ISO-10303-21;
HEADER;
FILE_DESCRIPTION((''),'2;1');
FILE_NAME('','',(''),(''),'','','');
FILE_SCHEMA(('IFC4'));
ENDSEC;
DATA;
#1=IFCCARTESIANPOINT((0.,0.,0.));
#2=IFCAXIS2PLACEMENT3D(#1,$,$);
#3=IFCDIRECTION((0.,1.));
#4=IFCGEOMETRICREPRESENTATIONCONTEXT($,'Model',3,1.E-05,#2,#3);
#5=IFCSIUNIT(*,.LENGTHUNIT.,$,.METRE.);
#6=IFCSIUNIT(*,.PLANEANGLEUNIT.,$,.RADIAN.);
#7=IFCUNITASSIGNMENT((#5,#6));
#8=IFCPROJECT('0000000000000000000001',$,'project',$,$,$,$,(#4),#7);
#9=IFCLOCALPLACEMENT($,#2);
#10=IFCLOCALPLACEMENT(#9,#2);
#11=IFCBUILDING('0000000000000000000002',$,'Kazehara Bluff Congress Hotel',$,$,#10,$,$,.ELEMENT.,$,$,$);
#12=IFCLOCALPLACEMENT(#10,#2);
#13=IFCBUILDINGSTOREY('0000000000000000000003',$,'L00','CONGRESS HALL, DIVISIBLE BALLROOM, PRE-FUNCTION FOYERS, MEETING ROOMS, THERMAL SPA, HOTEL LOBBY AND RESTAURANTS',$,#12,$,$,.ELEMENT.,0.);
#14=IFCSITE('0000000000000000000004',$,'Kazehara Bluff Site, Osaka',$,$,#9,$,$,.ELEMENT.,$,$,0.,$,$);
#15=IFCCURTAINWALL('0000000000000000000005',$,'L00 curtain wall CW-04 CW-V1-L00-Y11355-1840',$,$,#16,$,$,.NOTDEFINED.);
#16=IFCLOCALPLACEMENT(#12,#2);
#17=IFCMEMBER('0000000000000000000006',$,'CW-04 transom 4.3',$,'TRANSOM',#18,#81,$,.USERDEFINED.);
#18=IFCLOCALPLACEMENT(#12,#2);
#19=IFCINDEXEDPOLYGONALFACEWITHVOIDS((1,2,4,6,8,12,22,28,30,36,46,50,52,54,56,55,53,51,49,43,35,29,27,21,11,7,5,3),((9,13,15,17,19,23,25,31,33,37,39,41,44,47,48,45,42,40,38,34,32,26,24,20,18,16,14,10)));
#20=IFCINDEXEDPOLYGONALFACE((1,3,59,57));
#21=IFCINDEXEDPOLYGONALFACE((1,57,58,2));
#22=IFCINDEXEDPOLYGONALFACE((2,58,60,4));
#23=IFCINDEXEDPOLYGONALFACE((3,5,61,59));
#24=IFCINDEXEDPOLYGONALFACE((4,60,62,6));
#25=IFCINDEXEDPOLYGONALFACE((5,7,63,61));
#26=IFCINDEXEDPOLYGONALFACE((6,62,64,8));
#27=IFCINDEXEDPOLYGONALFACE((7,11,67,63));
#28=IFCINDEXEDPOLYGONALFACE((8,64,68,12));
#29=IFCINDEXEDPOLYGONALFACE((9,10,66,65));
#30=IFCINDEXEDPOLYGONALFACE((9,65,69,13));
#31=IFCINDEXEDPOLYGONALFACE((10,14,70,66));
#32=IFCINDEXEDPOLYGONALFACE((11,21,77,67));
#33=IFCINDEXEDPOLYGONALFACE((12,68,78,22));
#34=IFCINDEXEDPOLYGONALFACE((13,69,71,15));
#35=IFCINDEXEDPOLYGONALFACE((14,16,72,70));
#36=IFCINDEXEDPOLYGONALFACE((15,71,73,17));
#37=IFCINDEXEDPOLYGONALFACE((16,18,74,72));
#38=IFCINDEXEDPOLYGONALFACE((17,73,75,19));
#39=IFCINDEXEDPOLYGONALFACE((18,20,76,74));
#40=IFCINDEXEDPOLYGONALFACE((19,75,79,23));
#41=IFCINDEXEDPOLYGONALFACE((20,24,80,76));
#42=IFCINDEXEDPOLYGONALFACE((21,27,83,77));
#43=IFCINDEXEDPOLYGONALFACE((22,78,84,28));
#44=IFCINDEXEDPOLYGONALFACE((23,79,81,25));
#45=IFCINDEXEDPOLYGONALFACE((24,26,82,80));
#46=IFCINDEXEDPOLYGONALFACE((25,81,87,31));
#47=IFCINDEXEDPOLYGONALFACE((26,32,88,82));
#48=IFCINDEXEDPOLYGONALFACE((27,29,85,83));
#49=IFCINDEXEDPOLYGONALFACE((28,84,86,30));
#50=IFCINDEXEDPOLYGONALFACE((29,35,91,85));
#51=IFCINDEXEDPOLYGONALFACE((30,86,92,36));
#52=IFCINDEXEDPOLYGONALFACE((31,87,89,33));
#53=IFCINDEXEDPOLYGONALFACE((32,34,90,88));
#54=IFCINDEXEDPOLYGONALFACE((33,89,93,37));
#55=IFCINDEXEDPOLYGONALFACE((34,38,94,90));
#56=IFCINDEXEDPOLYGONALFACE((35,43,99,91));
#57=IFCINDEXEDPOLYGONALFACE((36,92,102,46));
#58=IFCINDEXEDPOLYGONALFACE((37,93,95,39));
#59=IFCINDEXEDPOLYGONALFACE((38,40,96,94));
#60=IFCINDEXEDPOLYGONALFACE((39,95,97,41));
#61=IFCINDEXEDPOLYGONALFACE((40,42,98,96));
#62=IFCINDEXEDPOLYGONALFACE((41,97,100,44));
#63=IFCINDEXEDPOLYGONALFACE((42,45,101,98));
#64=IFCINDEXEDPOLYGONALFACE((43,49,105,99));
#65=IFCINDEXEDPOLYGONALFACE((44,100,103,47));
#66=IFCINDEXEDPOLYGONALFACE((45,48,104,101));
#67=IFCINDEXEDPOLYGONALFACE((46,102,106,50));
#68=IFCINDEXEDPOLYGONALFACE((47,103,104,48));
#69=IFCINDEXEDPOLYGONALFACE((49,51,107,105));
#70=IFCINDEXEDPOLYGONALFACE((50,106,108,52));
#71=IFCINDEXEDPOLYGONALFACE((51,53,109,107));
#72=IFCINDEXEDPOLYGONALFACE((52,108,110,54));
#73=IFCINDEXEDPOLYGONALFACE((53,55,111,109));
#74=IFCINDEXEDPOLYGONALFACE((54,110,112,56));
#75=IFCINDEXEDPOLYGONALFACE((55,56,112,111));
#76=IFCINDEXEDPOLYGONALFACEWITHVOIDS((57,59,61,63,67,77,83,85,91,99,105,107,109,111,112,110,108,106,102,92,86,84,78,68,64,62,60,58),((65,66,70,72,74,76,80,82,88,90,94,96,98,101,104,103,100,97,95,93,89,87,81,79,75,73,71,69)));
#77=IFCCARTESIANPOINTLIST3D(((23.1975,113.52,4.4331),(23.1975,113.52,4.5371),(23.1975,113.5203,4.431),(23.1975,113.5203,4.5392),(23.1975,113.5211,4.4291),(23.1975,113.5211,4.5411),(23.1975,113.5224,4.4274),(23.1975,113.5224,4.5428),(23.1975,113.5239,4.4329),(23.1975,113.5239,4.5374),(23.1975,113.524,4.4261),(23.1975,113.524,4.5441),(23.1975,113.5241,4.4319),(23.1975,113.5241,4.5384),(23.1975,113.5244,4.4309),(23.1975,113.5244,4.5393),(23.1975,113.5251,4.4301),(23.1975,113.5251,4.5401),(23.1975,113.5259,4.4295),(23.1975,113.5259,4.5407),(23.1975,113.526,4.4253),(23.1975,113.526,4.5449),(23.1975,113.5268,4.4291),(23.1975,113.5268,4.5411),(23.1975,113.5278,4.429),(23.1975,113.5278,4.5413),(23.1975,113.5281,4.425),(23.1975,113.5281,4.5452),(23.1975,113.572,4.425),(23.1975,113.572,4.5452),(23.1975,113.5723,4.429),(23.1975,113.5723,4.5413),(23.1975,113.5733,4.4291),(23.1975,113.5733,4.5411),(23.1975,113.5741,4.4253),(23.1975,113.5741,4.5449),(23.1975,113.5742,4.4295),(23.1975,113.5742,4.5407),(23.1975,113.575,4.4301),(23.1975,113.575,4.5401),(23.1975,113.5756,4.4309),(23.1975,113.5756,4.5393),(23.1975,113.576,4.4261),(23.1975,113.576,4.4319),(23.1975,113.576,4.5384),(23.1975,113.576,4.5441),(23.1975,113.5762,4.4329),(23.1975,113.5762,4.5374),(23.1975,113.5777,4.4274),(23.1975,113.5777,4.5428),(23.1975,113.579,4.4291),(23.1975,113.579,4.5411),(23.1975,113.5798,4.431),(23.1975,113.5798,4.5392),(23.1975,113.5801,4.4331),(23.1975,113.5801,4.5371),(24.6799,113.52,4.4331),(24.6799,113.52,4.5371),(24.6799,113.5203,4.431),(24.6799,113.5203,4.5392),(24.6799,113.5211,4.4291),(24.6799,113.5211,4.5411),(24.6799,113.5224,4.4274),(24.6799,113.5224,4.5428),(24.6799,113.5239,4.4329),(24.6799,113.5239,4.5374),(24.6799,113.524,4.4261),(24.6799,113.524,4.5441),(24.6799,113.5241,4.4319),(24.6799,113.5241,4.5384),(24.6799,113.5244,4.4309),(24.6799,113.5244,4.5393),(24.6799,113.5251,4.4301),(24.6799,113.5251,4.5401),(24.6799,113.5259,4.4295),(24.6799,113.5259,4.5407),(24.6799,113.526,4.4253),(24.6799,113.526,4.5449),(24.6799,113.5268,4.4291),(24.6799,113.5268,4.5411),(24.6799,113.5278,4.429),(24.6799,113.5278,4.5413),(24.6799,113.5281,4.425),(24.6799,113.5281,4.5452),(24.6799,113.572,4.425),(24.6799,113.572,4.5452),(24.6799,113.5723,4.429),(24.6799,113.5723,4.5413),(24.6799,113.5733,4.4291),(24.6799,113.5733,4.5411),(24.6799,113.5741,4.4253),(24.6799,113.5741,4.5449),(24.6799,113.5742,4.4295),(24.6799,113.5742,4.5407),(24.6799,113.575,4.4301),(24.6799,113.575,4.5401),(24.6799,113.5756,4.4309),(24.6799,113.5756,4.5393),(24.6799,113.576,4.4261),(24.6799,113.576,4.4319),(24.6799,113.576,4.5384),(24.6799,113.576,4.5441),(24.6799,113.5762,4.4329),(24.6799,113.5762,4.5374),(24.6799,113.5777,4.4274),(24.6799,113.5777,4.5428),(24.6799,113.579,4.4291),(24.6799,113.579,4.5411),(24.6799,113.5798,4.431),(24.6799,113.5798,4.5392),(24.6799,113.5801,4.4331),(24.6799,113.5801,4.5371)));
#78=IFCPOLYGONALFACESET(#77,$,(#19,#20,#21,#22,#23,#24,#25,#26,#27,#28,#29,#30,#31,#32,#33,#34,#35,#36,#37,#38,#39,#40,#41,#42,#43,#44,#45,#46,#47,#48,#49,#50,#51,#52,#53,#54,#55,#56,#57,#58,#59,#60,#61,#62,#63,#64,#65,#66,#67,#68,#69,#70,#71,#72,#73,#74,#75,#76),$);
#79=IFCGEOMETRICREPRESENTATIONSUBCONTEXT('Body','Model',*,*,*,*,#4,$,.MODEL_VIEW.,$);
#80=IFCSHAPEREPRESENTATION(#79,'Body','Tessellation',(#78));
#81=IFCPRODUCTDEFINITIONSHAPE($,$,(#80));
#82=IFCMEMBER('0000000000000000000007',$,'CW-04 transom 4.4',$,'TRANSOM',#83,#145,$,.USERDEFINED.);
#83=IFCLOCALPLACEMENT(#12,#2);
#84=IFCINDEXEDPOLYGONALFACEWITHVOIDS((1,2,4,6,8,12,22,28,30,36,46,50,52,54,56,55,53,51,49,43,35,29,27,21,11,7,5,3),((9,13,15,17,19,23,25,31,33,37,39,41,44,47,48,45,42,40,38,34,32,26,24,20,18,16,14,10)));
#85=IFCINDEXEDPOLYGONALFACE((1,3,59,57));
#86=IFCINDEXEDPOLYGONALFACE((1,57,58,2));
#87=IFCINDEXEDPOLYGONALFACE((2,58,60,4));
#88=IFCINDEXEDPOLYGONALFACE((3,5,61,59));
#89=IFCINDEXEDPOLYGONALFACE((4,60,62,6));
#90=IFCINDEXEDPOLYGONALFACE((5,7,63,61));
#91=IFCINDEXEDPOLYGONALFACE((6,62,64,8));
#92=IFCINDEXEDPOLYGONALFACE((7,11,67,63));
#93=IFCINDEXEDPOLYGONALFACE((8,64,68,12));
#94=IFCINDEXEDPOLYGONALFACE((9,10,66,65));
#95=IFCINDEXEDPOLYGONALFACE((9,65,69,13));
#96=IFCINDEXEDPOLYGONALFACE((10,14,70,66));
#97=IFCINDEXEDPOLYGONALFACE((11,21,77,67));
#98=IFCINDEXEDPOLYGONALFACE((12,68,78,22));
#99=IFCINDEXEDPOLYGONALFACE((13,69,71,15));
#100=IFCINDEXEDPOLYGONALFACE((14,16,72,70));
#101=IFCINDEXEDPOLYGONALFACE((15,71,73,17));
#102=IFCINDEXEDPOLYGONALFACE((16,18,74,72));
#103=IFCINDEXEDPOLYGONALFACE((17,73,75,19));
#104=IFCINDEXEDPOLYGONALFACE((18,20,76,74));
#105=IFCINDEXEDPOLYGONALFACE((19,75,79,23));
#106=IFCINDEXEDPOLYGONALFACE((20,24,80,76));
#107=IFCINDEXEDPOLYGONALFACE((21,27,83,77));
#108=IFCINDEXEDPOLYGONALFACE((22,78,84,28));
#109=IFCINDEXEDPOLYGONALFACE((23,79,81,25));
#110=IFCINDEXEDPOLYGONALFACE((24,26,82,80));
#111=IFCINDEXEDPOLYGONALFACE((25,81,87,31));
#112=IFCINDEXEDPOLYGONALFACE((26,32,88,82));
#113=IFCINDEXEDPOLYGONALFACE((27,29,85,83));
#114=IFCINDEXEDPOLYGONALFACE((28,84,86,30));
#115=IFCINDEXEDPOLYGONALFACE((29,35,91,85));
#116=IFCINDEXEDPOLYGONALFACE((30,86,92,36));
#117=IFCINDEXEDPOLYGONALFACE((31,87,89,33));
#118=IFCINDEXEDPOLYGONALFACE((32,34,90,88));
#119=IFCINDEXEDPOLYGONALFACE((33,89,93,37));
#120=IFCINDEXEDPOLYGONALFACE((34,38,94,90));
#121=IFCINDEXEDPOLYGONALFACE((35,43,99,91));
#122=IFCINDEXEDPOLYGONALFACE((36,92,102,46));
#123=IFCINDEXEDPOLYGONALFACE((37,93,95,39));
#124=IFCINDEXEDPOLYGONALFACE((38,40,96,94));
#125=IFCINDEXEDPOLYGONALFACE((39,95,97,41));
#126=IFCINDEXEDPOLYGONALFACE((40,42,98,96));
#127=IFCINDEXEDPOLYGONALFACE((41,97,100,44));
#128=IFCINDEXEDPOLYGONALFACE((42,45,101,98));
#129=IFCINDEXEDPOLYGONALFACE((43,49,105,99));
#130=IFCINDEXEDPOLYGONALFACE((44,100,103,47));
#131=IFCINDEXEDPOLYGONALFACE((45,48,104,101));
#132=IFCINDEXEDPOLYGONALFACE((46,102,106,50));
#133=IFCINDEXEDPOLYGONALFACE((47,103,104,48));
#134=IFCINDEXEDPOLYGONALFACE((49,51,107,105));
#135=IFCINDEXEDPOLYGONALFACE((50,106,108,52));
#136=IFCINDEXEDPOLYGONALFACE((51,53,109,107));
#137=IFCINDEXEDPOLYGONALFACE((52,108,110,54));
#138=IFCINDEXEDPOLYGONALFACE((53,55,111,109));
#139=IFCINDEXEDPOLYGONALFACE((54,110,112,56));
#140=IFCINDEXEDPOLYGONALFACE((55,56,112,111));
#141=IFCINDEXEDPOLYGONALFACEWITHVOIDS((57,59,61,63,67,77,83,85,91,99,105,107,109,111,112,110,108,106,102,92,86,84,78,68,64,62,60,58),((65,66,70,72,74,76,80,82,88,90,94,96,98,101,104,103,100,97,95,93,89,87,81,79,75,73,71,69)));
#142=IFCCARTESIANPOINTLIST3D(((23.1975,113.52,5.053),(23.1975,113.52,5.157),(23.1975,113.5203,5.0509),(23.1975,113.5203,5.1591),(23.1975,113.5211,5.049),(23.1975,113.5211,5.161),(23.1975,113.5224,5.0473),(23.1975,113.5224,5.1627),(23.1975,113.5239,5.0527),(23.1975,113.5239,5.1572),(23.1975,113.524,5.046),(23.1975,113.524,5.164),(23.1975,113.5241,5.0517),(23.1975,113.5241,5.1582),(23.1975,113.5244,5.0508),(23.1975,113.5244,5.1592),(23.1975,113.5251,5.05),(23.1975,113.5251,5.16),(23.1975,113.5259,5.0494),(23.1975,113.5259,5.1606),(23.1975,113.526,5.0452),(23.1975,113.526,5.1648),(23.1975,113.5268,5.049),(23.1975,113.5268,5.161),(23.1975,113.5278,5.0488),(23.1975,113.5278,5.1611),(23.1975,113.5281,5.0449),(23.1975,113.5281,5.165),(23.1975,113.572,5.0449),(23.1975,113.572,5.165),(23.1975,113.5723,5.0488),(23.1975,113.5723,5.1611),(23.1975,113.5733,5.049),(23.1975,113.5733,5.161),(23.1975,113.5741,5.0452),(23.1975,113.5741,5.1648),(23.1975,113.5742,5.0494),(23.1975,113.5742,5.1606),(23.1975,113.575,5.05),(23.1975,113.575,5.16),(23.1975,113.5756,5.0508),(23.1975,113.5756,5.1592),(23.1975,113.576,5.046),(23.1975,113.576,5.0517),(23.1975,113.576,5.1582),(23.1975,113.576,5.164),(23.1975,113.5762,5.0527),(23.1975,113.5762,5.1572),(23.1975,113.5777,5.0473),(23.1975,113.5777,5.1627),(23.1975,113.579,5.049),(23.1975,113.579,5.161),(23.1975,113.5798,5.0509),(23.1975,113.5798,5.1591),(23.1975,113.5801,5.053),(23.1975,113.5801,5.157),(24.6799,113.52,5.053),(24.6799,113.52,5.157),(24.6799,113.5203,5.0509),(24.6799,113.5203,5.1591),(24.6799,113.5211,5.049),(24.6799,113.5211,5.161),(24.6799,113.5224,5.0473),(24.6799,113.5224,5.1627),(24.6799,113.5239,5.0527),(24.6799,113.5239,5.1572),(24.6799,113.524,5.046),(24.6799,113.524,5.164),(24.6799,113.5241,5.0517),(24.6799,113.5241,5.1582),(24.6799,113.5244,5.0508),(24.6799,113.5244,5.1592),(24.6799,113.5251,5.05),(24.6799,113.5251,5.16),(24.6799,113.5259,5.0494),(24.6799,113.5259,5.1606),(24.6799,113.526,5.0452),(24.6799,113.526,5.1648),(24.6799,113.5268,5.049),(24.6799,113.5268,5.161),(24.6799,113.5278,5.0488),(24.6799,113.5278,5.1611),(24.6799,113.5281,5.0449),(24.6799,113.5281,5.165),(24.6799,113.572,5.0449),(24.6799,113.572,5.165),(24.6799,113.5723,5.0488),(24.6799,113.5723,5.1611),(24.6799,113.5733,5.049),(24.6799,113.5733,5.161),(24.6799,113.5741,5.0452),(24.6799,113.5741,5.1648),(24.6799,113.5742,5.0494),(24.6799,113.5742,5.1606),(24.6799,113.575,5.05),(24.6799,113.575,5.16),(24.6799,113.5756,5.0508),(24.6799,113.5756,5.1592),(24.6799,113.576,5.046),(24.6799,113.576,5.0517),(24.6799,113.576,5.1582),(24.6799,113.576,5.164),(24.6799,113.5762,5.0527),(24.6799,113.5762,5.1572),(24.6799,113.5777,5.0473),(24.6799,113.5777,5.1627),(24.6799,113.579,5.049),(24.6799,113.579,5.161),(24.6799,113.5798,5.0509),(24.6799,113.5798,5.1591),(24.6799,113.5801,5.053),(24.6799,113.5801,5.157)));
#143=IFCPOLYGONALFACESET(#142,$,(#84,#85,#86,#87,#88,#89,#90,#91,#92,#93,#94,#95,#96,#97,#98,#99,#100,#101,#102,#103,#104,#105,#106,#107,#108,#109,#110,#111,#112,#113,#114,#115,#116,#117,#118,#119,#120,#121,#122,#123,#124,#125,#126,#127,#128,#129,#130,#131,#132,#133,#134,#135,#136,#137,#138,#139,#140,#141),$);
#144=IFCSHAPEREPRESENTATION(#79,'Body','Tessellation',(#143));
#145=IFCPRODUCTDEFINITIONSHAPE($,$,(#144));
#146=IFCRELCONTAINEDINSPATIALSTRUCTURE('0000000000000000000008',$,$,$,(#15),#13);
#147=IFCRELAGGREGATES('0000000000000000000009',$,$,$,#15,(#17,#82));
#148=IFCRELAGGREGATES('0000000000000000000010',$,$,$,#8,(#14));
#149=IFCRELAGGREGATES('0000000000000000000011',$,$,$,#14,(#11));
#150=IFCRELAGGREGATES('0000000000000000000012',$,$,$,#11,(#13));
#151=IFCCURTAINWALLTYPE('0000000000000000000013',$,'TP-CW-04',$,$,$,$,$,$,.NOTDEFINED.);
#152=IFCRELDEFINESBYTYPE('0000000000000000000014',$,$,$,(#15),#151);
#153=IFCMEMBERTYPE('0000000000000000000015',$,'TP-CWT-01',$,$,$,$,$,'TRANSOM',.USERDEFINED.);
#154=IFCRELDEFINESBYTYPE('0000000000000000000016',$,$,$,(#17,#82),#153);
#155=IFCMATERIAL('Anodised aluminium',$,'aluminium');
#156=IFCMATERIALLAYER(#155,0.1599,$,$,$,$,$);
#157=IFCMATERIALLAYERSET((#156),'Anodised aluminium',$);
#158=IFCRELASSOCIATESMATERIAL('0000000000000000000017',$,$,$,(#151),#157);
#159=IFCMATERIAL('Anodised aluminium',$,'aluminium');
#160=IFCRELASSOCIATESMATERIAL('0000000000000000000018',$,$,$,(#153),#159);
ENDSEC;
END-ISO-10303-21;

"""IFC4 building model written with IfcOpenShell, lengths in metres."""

from ifc_helpers import new_model, si_unit, direction, frame, origin, origin_2d, place, context, subcontext, project, spatial, hollow_rectangle, extrude, material, layer, layer_set, material_profile, profile_set, type_object, element, aggregate, save


model = new_model("IFC4")

# Units and contexts
model_context = context("Model", 3, precision=1e-05, world=origin(), true_north=direction((0.0, 1.0)))
body_context = subcontext(model_context, "Body", "Model", "MODEL_VIEW")
ifc_project = project(units=[si_unit("LENGTHUNIT", "METRE"), si_unit("PLANEANGLEUNIT", "RADIAN")], contexts=[model_context])

# Site, building, storey
site_placement = place(None, origin())
site = spatial("IfcSite", under=ifc_project, at=site_placement, Name="Kazehara Bluff Site, Osaka", CompositionType="ELEMENT", RefElevation=0.0)
building_placement = place(site_placement, origin())
building = spatial("IfcBuilding", under=site, at=building_placement, Name="Kazehara Bluff Congress Hotel", CompositionType="ELEMENT")
storey_placement = place(building_placement, origin())
storey = spatial("IfcBuildingStorey", under=building, at=storey_placement, Name="L00", Description="CONGRESS HALL, DIVISIBLE BALLROOM, PRE-FUNCTION FOYERS, MEETING ROOMS, THERMAL SPA, HOTEL LOBBY AND RESTAURANTS", CompositionType="ELEMENT", Elevation=0.0)

# Curtain wall
ifc_material_1 = material(Name="Anodised aluminium", Category="aluminium")
ifc_layer_1 = layer(ifc_material_1, 0.1599)
ifc_layer_set_1 = layer_set([ifc_layer_1], Name="Anodised aluminium")
curtain_wall_type_1 = type_object("IfcCurtainWallType", Name="TP-CW-04", PredefinedType="NOTDEFINED", material=ifc_layer_set_1)
curtain_wall_1_placement = place(storey_placement, origin())
curtain_wall_1 = element("IfcCurtainWall", 1, at=curtain_wall_1_placement, inside=storey, type_object=curtain_wall_type_1, Name="L00 curtain wall CW-04 CW-V1-L00-Y11355-1840", PredefinedType="NOTDEFINED")

# Members
ifc_material_2 = material(Name="Anodised aluminium", Category="aluminium")
ifc_material_profile_1 = material_profile(ifc_material_2, hollow_rectangle(XDim=0.0601, YDim=0.1201, WallThickness=0.0039, InnerFilletRadius=0.0039, OuterFilletRadius=0.0081, at=origin_2d()))
ifc_profile_set_1 = profile_set([ifc_material_profile_1], Name="Anodised aluminium")
member_type_1 = type_object("IfcMemberType", Name="TP-CWT-01", ElementType="TRANSOM", PredefinedType="USERDEFINED", material=ifc_profile_set_1)
member_1_placement = place(storey_placement, frame((23.1975, 113.55, 4.4851), z_axis=(1.0, 0.0, 0.0), x_axis=(0.0, 1.0, 0.0)))
member_1 = element("IfcMember", 2, at=member_1_placement, type_object=member_type_1, Name="CW-04 transom 4.3", ObjectType="TRANSOM", PredefinedType="USERDEFINED", context=body_context, shape_type="SweptSolid", body=[
    extrude(hollow_rectangle(XDim=0.0601, YDim=0.1201, WallThickness=0.0039, InnerFilletRadius=0.0039, OuterFilletRadius=0.0081, at=origin_2d()), origin(), (0.0, 0.0, 1.0), 1.4824),
])
member_2_placement = place(storey_placement, frame((23.1975, 113.55, 5.105), z_axis=(1.0, 0.0, 0.0), x_axis=(0.0, 1.0, 0.0)))
member_2 = element("IfcMember", 3, at=member_2_placement, type_object=member_type_1, Name="CW-04 transom 4.4", ObjectType="TRANSOM", PredefinedType="USERDEFINED", context=body_context, shape_type="SweptSolid", body=[
    extrude(hollow_rectangle(XDim=0.0601, YDim=0.1201, WallThickness=0.0039, InnerFilletRadius=0.0039, OuterFilletRadius=0.0081, at=origin_2d()), origin(), (0.0, 0.0, 1.0), 1.4824),
])

aggregate(curtain_wall_1, [member_1, member_2])

save(model, "model.ifc")
